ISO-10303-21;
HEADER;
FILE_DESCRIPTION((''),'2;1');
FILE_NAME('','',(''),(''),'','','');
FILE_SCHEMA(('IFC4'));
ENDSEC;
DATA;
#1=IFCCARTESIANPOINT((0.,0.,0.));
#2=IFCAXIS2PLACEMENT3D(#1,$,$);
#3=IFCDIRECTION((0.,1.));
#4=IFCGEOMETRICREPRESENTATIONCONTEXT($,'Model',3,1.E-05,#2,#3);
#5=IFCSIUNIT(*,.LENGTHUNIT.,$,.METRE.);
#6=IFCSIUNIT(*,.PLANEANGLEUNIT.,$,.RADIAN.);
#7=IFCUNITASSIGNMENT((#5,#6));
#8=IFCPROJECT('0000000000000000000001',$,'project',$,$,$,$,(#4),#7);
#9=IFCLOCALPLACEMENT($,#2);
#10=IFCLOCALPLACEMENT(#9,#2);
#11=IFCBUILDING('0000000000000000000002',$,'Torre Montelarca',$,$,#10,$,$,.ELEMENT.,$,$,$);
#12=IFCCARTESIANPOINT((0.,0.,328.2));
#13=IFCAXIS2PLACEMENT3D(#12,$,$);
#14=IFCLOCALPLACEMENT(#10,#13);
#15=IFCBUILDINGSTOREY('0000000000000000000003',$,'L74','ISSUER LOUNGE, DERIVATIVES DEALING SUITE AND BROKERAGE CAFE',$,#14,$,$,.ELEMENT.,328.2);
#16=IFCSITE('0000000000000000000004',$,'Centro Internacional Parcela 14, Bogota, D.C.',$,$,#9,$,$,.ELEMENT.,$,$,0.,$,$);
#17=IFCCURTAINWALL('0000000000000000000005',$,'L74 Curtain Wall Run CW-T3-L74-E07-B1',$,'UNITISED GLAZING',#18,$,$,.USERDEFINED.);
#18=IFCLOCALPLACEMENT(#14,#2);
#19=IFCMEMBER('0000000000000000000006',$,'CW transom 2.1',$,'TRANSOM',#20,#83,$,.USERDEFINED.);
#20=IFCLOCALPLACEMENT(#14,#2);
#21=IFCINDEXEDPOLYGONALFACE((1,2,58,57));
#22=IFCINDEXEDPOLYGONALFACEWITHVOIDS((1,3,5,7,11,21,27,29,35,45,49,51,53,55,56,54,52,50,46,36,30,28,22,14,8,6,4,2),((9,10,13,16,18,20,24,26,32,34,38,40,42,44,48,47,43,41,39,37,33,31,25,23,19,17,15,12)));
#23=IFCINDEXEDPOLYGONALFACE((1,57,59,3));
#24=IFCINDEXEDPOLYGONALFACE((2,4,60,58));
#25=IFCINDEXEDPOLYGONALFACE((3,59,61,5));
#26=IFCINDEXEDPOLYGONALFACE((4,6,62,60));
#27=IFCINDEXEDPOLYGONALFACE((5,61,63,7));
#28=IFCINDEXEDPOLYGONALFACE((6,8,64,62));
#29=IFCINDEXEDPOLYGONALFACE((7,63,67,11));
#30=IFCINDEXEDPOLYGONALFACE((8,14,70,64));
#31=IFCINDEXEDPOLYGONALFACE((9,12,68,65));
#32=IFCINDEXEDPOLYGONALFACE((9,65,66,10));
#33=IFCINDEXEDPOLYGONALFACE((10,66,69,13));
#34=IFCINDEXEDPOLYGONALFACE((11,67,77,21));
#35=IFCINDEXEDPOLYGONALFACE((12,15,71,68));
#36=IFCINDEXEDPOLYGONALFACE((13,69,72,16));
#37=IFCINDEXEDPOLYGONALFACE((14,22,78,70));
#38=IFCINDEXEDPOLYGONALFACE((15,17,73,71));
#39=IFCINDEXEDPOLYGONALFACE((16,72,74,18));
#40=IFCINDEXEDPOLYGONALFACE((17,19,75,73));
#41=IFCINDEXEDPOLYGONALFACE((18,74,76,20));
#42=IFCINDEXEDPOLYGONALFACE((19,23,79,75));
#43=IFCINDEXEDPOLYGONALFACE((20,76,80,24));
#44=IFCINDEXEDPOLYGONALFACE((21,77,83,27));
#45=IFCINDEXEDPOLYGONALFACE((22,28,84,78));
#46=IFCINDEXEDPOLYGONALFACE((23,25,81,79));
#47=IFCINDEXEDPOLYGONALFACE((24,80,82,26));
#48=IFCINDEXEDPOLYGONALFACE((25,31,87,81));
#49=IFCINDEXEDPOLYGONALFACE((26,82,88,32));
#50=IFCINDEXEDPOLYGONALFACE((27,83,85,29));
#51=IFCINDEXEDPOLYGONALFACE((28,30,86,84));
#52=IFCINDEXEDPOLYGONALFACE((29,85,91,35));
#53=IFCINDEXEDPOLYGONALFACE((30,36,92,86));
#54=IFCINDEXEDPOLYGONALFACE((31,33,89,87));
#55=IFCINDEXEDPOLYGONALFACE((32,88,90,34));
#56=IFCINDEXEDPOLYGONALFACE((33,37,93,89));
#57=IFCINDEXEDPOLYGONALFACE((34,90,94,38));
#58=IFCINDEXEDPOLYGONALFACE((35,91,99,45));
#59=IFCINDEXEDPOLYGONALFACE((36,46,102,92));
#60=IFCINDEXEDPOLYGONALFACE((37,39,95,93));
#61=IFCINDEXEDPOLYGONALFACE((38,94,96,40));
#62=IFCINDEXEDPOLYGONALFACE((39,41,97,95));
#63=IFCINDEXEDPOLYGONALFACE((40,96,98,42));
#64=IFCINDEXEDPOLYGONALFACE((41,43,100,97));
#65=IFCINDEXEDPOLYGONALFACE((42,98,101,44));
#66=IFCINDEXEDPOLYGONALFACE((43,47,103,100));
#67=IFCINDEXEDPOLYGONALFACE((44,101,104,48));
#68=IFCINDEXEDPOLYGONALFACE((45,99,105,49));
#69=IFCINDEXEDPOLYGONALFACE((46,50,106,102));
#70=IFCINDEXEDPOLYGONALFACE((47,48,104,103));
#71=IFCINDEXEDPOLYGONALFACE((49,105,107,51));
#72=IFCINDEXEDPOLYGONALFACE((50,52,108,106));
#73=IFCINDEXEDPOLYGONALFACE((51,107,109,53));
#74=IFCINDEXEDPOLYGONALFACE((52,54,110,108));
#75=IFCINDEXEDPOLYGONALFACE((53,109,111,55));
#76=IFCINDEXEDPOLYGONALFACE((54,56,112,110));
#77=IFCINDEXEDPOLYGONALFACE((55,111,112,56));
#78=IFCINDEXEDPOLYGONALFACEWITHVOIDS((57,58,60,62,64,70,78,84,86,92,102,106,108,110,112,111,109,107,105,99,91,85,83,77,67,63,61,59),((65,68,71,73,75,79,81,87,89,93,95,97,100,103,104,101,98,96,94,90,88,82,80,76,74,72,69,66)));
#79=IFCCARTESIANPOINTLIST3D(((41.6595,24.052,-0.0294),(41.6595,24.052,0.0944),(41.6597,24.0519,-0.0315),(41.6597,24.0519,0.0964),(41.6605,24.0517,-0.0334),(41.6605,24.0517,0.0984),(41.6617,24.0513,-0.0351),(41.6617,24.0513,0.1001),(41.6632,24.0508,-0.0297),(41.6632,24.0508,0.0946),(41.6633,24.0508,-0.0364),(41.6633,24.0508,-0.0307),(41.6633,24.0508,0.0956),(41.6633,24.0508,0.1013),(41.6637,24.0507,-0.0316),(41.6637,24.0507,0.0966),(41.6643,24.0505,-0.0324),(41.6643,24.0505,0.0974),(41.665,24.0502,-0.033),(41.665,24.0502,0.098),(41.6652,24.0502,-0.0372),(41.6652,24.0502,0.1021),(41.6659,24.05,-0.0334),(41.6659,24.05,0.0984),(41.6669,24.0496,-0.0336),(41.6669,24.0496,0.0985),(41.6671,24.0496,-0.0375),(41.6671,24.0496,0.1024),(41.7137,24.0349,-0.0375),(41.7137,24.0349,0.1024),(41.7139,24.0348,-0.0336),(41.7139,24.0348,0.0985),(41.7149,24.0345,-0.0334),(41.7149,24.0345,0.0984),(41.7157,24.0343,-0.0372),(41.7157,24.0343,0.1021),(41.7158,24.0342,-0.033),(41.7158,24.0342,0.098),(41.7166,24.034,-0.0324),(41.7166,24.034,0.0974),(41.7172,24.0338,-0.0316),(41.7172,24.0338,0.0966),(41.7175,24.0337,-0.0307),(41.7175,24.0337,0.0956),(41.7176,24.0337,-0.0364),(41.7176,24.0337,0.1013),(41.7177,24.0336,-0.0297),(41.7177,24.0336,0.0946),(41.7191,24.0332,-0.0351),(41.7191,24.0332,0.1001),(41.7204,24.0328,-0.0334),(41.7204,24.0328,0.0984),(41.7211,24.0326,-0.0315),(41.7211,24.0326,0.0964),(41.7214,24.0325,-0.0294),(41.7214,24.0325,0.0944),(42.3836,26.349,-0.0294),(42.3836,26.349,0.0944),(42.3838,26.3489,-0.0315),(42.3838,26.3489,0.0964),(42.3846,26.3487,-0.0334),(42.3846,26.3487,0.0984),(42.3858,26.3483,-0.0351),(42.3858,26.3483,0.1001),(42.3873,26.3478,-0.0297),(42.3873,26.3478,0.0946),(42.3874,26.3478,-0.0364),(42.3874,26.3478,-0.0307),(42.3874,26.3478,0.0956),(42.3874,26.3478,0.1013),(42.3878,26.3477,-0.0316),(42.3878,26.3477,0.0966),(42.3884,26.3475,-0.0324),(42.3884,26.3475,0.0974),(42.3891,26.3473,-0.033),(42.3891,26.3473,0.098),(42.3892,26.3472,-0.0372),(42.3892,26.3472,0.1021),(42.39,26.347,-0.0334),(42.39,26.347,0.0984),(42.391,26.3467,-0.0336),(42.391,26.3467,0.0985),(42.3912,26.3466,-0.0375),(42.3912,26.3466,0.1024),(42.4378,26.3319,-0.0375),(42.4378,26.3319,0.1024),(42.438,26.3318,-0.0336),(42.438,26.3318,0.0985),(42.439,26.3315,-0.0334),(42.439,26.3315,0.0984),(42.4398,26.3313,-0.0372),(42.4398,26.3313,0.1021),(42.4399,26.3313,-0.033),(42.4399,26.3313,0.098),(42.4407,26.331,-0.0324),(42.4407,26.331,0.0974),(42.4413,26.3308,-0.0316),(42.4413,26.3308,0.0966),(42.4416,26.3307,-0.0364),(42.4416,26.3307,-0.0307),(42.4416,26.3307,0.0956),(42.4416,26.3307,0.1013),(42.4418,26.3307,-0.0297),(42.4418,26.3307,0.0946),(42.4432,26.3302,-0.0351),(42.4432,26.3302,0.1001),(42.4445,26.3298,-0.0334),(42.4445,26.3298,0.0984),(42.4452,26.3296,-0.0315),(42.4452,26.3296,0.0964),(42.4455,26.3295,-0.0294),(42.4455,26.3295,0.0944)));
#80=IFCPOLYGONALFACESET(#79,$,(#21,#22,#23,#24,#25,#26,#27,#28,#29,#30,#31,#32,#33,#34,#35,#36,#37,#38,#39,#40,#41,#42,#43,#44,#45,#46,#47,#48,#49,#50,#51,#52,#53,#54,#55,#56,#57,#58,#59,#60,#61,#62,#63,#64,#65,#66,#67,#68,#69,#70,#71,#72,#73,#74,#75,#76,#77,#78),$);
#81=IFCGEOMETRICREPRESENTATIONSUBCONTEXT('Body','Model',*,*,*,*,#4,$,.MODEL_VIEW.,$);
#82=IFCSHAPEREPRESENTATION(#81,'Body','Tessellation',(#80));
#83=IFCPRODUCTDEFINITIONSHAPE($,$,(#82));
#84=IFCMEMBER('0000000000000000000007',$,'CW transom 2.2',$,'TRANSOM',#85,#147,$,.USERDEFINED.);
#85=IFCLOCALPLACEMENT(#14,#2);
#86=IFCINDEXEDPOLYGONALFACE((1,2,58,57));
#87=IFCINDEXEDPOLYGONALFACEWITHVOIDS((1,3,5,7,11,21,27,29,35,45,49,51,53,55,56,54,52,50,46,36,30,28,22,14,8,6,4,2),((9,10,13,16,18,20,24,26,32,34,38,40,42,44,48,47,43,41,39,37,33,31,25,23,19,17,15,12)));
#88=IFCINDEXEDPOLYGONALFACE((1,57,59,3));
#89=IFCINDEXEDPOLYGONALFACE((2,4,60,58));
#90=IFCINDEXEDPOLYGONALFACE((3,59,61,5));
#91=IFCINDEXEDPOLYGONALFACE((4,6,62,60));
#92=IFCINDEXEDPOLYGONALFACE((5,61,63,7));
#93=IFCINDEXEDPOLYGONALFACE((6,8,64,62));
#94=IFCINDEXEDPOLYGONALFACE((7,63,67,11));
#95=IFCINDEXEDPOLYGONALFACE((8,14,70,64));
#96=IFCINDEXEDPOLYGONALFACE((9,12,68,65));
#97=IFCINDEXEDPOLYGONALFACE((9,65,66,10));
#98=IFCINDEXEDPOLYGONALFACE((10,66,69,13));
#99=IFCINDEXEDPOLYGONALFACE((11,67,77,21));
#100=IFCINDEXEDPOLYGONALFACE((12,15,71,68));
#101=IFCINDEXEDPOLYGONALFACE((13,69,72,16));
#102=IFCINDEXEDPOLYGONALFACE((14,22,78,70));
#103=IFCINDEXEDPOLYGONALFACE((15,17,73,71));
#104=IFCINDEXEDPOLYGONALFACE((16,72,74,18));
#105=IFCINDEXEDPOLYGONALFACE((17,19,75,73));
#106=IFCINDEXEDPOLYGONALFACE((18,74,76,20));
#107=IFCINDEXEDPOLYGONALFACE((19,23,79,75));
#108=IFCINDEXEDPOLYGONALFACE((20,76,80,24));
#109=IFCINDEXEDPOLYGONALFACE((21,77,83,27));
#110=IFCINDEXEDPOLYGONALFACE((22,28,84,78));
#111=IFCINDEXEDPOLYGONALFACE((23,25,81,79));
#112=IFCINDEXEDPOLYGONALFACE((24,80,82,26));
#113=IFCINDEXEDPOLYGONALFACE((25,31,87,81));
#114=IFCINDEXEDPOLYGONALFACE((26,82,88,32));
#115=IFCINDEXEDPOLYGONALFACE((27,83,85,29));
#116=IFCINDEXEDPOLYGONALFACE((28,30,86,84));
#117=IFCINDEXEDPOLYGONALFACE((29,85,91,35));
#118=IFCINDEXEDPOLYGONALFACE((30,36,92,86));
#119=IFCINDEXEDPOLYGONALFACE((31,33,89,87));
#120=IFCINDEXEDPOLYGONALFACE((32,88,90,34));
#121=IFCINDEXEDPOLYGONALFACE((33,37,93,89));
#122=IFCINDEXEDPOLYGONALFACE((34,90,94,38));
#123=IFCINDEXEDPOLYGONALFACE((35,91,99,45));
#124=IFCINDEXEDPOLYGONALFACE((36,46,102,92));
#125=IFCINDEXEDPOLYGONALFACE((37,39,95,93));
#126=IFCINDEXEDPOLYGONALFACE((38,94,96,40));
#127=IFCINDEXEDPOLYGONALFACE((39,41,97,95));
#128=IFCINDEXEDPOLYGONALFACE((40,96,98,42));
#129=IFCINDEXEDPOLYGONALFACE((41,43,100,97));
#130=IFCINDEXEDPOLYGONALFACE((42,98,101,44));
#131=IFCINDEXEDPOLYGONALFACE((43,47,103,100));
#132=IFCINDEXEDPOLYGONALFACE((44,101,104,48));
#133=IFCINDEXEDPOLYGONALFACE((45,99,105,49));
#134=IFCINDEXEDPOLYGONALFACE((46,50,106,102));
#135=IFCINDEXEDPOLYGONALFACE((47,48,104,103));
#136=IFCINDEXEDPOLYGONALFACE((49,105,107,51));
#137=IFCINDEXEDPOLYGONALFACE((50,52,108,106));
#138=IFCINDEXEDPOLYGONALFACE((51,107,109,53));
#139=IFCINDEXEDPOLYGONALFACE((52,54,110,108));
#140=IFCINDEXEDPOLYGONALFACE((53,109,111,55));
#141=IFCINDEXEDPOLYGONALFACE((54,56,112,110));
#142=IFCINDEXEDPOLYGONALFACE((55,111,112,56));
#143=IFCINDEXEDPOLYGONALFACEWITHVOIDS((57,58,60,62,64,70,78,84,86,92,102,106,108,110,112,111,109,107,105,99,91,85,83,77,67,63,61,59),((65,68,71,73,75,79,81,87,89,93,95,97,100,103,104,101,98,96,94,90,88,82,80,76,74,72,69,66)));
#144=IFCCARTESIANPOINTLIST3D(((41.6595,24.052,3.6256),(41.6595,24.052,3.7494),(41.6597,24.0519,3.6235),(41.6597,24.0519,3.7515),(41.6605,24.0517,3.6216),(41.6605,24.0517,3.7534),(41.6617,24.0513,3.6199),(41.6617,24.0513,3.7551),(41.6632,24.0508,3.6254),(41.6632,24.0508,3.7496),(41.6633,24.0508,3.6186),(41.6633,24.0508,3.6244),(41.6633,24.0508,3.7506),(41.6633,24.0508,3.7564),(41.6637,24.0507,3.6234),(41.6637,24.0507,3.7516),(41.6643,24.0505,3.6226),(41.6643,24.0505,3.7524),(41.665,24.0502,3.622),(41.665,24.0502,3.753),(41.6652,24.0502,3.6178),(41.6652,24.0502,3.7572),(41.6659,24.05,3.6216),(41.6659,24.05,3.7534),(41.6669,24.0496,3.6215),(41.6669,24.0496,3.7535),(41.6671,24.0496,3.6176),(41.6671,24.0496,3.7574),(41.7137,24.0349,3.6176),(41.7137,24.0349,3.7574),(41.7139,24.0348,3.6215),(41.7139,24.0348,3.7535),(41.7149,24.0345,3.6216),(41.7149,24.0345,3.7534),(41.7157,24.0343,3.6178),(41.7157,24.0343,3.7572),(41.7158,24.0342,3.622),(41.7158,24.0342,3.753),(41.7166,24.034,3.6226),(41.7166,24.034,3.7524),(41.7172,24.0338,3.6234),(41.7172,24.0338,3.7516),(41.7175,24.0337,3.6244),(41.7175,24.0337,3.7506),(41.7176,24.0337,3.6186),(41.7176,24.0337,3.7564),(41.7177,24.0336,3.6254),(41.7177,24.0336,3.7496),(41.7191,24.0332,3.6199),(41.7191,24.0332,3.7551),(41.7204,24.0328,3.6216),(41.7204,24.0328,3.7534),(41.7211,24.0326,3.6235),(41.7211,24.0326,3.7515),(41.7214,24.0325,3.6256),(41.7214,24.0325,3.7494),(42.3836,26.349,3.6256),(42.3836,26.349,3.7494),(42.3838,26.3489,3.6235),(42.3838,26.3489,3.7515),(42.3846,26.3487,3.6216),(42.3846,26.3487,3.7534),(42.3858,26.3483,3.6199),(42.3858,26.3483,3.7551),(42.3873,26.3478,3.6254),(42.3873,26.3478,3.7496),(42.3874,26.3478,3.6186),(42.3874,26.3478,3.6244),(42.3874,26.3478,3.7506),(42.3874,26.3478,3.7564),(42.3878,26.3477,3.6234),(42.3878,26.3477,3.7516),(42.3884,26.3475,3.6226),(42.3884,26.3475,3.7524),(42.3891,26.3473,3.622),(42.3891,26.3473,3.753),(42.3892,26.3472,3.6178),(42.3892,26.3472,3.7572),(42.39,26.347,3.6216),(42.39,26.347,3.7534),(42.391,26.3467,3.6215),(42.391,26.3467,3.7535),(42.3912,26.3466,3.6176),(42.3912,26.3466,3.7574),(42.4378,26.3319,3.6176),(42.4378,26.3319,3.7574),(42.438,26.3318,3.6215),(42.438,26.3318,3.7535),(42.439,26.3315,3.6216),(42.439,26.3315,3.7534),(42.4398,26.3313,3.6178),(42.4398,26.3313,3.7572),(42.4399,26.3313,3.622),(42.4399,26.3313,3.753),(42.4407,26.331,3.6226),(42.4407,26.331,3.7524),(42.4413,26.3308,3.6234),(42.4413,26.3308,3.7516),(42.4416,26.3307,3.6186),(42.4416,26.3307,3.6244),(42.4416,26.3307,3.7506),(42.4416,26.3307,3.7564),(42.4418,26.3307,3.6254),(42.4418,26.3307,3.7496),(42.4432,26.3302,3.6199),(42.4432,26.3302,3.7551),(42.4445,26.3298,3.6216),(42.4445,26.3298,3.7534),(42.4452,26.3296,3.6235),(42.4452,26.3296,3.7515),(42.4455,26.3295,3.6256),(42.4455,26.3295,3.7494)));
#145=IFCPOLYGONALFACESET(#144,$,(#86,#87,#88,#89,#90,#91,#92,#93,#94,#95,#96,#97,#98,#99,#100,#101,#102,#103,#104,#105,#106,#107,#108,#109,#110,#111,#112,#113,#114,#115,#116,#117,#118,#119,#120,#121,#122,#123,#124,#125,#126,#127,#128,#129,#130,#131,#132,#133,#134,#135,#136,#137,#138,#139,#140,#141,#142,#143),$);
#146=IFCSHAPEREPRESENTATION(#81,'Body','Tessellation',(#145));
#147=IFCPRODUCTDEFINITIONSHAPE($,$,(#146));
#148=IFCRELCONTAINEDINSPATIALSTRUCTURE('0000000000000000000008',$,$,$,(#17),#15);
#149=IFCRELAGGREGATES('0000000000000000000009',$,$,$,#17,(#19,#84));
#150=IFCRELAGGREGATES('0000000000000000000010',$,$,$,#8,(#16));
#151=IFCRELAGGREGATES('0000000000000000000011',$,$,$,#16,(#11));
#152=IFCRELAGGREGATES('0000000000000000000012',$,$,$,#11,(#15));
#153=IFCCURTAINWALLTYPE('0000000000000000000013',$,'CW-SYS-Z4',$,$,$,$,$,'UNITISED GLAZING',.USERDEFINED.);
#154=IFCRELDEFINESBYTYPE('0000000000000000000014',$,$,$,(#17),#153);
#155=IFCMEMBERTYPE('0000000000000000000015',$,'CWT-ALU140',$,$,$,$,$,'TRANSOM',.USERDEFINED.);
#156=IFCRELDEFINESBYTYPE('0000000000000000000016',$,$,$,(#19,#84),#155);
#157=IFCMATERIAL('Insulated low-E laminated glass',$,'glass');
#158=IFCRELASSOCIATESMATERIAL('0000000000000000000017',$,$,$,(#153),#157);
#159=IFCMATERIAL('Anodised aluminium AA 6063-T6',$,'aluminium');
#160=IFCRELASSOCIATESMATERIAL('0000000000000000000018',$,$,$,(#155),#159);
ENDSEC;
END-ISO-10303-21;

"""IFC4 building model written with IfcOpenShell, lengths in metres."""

from ifc_helpers import new_model, si_unit, direction, frame, origin, origin_2d, place, context, subcontext, project, spatial, hollow_rectangle, extrude, source, transform, mapped, material, material_profile, profile_set, type_object, element, aggregate, save


model = new_model("IFC4")

# Units and contexts
model_context = context("Model", 3, precision=1e-05, world=origin(), true_north=direction((0.0, 1.0)))
body_context = subcontext(model_context, "Body", "Model", "MODEL_VIEW")
ifc_project = project(units=[si_unit("LENGTHUNIT", "METRE"), si_unit("PLANEANGLEUNIT", "RADIAN")], contexts=[model_context])

# Site, building, storey
site_placement = place(None, origin())
site = spatial("IfcSite", under=ifc_project, at=site_placement, Name="Centro Internacional Parcela 14, Bogota, D.C.", CompositionType="ELEMENT", RefElevation=0.0)
building_placement = place(site_placement, origin())
building = spatial("IfcBuilding", under=site, at=building_placement, Name="Torre Montelarca", CompositionType="ELEMENT")
storey_placement = place(building_placement, frame((0.0, 0.0, 328.2)))
storey = spatial("IfcBuildingStorey", under=building, at=storey_placement, Name="L74", Description="ISSUER LOUNGE, DERIVATIVES DEALING SUITE AND BROKERAGE CAFE", CompositionType="ELEMENT", Elevation=328.2)

# Curtain wall
ifc_material_1 = material(Name="Insulated low-E laminated glass", Category="glass")
curtain_wall_type = type_object("IfcCurtainWallType", Name="CW-SYS-Z4", ElementType="UNITISED GLAZING", PredefinedType="USERDEFINED", material=ifc_material_1)
ifc_material_2 = material(Name="Anodised aluminium AA 6063-T6", Category="aluminium")
curtain_wall_1_placement = place(storey_placement, origin())
curtain_wall_1 = element("IfcCurtainWall", 1, at=curtain_wall_1_placement, inside=storey, type_object=curtain_wall_type, Name="L74 Curtain Wall Run CW-T3-L74-E07-B1", ObjectType="UNITISED GLAZING", PredefinedType="USERDEFINED")

# Members
ifc_material_profile_1 = material_profile(ifc_material_2, hollow_rectangle(XDim=0.0649, YDim=0.1399, WallThickness=0.0039, InnerFilletRadius=0.0039, OuterFilletRadius=0.0081, at=origin_2d()), Name="ALU65X140X4", Category="aluminium")
ifc_profile_set_1 = profile_set([ifc_material_profile_1], Name="Anodised aluminium AA 6063-T6")
member_type_1 = type_object("IfcMemberType", Name="CWT-ALU140", ElementType="TRANSOM", PredefinedType="USERDEFINED", material=ifc_profile_set_1)
shared_shape_1 = source(origin(), body_context, "Body", "SweptSolid", [
    extrude(hollow_rectangle(XDim=0.0649, YDim=0.1399, WallThickness=0.0039, InnerFilletRadius=0.0039, OuterFilletRadius=0.0081, at=origin_2d()), origin(), (0.0, 0.0, 1.0), 2.4084),
])
member_1_placement = place(storey_placement, frame((41.6904, 24.0422, 0.0325), z_axis=(0.300646, 0.953736, 0.0), x_axis=(-0.953736, 0.300646, 0.0)))
member_1 = element("IfcMember", 2, at=member_1_placement, type_object=member_type_1, Name="CW transom 2.1", ObjectType="TRANSOM", PredefinedType="USERDEFINED", context=body_context, shape_type="MappedRepresentation", body=[
    mapped(shared_shape_1, transform((0.0, 0.0, 0.0), scale=1.0)),
])
member_2_placement = place(storey_placement, frame((41.6904, 24.0422, 3.6875), z_axis=(0.300646, 0.953736, 0.0), x_axis=(-0.953736, 0.300646, 0.0)))
member_2 = element("IfcMember", 3, at=member_2_placement, type_object=member_type_1, Name="CW transom 2.2", ObjectType="TRANSOM", PredefinedType="USERDEFINED", context=body_context, shape_type="MappedRepresentation", body=[
    mapped(shared_shape_1, transform((0.0, 0.0, 0.0), scale=1.0)),
])

aggregate(curtain_wall_1, [member_1, member_2])

save(model, "model.ifc")
